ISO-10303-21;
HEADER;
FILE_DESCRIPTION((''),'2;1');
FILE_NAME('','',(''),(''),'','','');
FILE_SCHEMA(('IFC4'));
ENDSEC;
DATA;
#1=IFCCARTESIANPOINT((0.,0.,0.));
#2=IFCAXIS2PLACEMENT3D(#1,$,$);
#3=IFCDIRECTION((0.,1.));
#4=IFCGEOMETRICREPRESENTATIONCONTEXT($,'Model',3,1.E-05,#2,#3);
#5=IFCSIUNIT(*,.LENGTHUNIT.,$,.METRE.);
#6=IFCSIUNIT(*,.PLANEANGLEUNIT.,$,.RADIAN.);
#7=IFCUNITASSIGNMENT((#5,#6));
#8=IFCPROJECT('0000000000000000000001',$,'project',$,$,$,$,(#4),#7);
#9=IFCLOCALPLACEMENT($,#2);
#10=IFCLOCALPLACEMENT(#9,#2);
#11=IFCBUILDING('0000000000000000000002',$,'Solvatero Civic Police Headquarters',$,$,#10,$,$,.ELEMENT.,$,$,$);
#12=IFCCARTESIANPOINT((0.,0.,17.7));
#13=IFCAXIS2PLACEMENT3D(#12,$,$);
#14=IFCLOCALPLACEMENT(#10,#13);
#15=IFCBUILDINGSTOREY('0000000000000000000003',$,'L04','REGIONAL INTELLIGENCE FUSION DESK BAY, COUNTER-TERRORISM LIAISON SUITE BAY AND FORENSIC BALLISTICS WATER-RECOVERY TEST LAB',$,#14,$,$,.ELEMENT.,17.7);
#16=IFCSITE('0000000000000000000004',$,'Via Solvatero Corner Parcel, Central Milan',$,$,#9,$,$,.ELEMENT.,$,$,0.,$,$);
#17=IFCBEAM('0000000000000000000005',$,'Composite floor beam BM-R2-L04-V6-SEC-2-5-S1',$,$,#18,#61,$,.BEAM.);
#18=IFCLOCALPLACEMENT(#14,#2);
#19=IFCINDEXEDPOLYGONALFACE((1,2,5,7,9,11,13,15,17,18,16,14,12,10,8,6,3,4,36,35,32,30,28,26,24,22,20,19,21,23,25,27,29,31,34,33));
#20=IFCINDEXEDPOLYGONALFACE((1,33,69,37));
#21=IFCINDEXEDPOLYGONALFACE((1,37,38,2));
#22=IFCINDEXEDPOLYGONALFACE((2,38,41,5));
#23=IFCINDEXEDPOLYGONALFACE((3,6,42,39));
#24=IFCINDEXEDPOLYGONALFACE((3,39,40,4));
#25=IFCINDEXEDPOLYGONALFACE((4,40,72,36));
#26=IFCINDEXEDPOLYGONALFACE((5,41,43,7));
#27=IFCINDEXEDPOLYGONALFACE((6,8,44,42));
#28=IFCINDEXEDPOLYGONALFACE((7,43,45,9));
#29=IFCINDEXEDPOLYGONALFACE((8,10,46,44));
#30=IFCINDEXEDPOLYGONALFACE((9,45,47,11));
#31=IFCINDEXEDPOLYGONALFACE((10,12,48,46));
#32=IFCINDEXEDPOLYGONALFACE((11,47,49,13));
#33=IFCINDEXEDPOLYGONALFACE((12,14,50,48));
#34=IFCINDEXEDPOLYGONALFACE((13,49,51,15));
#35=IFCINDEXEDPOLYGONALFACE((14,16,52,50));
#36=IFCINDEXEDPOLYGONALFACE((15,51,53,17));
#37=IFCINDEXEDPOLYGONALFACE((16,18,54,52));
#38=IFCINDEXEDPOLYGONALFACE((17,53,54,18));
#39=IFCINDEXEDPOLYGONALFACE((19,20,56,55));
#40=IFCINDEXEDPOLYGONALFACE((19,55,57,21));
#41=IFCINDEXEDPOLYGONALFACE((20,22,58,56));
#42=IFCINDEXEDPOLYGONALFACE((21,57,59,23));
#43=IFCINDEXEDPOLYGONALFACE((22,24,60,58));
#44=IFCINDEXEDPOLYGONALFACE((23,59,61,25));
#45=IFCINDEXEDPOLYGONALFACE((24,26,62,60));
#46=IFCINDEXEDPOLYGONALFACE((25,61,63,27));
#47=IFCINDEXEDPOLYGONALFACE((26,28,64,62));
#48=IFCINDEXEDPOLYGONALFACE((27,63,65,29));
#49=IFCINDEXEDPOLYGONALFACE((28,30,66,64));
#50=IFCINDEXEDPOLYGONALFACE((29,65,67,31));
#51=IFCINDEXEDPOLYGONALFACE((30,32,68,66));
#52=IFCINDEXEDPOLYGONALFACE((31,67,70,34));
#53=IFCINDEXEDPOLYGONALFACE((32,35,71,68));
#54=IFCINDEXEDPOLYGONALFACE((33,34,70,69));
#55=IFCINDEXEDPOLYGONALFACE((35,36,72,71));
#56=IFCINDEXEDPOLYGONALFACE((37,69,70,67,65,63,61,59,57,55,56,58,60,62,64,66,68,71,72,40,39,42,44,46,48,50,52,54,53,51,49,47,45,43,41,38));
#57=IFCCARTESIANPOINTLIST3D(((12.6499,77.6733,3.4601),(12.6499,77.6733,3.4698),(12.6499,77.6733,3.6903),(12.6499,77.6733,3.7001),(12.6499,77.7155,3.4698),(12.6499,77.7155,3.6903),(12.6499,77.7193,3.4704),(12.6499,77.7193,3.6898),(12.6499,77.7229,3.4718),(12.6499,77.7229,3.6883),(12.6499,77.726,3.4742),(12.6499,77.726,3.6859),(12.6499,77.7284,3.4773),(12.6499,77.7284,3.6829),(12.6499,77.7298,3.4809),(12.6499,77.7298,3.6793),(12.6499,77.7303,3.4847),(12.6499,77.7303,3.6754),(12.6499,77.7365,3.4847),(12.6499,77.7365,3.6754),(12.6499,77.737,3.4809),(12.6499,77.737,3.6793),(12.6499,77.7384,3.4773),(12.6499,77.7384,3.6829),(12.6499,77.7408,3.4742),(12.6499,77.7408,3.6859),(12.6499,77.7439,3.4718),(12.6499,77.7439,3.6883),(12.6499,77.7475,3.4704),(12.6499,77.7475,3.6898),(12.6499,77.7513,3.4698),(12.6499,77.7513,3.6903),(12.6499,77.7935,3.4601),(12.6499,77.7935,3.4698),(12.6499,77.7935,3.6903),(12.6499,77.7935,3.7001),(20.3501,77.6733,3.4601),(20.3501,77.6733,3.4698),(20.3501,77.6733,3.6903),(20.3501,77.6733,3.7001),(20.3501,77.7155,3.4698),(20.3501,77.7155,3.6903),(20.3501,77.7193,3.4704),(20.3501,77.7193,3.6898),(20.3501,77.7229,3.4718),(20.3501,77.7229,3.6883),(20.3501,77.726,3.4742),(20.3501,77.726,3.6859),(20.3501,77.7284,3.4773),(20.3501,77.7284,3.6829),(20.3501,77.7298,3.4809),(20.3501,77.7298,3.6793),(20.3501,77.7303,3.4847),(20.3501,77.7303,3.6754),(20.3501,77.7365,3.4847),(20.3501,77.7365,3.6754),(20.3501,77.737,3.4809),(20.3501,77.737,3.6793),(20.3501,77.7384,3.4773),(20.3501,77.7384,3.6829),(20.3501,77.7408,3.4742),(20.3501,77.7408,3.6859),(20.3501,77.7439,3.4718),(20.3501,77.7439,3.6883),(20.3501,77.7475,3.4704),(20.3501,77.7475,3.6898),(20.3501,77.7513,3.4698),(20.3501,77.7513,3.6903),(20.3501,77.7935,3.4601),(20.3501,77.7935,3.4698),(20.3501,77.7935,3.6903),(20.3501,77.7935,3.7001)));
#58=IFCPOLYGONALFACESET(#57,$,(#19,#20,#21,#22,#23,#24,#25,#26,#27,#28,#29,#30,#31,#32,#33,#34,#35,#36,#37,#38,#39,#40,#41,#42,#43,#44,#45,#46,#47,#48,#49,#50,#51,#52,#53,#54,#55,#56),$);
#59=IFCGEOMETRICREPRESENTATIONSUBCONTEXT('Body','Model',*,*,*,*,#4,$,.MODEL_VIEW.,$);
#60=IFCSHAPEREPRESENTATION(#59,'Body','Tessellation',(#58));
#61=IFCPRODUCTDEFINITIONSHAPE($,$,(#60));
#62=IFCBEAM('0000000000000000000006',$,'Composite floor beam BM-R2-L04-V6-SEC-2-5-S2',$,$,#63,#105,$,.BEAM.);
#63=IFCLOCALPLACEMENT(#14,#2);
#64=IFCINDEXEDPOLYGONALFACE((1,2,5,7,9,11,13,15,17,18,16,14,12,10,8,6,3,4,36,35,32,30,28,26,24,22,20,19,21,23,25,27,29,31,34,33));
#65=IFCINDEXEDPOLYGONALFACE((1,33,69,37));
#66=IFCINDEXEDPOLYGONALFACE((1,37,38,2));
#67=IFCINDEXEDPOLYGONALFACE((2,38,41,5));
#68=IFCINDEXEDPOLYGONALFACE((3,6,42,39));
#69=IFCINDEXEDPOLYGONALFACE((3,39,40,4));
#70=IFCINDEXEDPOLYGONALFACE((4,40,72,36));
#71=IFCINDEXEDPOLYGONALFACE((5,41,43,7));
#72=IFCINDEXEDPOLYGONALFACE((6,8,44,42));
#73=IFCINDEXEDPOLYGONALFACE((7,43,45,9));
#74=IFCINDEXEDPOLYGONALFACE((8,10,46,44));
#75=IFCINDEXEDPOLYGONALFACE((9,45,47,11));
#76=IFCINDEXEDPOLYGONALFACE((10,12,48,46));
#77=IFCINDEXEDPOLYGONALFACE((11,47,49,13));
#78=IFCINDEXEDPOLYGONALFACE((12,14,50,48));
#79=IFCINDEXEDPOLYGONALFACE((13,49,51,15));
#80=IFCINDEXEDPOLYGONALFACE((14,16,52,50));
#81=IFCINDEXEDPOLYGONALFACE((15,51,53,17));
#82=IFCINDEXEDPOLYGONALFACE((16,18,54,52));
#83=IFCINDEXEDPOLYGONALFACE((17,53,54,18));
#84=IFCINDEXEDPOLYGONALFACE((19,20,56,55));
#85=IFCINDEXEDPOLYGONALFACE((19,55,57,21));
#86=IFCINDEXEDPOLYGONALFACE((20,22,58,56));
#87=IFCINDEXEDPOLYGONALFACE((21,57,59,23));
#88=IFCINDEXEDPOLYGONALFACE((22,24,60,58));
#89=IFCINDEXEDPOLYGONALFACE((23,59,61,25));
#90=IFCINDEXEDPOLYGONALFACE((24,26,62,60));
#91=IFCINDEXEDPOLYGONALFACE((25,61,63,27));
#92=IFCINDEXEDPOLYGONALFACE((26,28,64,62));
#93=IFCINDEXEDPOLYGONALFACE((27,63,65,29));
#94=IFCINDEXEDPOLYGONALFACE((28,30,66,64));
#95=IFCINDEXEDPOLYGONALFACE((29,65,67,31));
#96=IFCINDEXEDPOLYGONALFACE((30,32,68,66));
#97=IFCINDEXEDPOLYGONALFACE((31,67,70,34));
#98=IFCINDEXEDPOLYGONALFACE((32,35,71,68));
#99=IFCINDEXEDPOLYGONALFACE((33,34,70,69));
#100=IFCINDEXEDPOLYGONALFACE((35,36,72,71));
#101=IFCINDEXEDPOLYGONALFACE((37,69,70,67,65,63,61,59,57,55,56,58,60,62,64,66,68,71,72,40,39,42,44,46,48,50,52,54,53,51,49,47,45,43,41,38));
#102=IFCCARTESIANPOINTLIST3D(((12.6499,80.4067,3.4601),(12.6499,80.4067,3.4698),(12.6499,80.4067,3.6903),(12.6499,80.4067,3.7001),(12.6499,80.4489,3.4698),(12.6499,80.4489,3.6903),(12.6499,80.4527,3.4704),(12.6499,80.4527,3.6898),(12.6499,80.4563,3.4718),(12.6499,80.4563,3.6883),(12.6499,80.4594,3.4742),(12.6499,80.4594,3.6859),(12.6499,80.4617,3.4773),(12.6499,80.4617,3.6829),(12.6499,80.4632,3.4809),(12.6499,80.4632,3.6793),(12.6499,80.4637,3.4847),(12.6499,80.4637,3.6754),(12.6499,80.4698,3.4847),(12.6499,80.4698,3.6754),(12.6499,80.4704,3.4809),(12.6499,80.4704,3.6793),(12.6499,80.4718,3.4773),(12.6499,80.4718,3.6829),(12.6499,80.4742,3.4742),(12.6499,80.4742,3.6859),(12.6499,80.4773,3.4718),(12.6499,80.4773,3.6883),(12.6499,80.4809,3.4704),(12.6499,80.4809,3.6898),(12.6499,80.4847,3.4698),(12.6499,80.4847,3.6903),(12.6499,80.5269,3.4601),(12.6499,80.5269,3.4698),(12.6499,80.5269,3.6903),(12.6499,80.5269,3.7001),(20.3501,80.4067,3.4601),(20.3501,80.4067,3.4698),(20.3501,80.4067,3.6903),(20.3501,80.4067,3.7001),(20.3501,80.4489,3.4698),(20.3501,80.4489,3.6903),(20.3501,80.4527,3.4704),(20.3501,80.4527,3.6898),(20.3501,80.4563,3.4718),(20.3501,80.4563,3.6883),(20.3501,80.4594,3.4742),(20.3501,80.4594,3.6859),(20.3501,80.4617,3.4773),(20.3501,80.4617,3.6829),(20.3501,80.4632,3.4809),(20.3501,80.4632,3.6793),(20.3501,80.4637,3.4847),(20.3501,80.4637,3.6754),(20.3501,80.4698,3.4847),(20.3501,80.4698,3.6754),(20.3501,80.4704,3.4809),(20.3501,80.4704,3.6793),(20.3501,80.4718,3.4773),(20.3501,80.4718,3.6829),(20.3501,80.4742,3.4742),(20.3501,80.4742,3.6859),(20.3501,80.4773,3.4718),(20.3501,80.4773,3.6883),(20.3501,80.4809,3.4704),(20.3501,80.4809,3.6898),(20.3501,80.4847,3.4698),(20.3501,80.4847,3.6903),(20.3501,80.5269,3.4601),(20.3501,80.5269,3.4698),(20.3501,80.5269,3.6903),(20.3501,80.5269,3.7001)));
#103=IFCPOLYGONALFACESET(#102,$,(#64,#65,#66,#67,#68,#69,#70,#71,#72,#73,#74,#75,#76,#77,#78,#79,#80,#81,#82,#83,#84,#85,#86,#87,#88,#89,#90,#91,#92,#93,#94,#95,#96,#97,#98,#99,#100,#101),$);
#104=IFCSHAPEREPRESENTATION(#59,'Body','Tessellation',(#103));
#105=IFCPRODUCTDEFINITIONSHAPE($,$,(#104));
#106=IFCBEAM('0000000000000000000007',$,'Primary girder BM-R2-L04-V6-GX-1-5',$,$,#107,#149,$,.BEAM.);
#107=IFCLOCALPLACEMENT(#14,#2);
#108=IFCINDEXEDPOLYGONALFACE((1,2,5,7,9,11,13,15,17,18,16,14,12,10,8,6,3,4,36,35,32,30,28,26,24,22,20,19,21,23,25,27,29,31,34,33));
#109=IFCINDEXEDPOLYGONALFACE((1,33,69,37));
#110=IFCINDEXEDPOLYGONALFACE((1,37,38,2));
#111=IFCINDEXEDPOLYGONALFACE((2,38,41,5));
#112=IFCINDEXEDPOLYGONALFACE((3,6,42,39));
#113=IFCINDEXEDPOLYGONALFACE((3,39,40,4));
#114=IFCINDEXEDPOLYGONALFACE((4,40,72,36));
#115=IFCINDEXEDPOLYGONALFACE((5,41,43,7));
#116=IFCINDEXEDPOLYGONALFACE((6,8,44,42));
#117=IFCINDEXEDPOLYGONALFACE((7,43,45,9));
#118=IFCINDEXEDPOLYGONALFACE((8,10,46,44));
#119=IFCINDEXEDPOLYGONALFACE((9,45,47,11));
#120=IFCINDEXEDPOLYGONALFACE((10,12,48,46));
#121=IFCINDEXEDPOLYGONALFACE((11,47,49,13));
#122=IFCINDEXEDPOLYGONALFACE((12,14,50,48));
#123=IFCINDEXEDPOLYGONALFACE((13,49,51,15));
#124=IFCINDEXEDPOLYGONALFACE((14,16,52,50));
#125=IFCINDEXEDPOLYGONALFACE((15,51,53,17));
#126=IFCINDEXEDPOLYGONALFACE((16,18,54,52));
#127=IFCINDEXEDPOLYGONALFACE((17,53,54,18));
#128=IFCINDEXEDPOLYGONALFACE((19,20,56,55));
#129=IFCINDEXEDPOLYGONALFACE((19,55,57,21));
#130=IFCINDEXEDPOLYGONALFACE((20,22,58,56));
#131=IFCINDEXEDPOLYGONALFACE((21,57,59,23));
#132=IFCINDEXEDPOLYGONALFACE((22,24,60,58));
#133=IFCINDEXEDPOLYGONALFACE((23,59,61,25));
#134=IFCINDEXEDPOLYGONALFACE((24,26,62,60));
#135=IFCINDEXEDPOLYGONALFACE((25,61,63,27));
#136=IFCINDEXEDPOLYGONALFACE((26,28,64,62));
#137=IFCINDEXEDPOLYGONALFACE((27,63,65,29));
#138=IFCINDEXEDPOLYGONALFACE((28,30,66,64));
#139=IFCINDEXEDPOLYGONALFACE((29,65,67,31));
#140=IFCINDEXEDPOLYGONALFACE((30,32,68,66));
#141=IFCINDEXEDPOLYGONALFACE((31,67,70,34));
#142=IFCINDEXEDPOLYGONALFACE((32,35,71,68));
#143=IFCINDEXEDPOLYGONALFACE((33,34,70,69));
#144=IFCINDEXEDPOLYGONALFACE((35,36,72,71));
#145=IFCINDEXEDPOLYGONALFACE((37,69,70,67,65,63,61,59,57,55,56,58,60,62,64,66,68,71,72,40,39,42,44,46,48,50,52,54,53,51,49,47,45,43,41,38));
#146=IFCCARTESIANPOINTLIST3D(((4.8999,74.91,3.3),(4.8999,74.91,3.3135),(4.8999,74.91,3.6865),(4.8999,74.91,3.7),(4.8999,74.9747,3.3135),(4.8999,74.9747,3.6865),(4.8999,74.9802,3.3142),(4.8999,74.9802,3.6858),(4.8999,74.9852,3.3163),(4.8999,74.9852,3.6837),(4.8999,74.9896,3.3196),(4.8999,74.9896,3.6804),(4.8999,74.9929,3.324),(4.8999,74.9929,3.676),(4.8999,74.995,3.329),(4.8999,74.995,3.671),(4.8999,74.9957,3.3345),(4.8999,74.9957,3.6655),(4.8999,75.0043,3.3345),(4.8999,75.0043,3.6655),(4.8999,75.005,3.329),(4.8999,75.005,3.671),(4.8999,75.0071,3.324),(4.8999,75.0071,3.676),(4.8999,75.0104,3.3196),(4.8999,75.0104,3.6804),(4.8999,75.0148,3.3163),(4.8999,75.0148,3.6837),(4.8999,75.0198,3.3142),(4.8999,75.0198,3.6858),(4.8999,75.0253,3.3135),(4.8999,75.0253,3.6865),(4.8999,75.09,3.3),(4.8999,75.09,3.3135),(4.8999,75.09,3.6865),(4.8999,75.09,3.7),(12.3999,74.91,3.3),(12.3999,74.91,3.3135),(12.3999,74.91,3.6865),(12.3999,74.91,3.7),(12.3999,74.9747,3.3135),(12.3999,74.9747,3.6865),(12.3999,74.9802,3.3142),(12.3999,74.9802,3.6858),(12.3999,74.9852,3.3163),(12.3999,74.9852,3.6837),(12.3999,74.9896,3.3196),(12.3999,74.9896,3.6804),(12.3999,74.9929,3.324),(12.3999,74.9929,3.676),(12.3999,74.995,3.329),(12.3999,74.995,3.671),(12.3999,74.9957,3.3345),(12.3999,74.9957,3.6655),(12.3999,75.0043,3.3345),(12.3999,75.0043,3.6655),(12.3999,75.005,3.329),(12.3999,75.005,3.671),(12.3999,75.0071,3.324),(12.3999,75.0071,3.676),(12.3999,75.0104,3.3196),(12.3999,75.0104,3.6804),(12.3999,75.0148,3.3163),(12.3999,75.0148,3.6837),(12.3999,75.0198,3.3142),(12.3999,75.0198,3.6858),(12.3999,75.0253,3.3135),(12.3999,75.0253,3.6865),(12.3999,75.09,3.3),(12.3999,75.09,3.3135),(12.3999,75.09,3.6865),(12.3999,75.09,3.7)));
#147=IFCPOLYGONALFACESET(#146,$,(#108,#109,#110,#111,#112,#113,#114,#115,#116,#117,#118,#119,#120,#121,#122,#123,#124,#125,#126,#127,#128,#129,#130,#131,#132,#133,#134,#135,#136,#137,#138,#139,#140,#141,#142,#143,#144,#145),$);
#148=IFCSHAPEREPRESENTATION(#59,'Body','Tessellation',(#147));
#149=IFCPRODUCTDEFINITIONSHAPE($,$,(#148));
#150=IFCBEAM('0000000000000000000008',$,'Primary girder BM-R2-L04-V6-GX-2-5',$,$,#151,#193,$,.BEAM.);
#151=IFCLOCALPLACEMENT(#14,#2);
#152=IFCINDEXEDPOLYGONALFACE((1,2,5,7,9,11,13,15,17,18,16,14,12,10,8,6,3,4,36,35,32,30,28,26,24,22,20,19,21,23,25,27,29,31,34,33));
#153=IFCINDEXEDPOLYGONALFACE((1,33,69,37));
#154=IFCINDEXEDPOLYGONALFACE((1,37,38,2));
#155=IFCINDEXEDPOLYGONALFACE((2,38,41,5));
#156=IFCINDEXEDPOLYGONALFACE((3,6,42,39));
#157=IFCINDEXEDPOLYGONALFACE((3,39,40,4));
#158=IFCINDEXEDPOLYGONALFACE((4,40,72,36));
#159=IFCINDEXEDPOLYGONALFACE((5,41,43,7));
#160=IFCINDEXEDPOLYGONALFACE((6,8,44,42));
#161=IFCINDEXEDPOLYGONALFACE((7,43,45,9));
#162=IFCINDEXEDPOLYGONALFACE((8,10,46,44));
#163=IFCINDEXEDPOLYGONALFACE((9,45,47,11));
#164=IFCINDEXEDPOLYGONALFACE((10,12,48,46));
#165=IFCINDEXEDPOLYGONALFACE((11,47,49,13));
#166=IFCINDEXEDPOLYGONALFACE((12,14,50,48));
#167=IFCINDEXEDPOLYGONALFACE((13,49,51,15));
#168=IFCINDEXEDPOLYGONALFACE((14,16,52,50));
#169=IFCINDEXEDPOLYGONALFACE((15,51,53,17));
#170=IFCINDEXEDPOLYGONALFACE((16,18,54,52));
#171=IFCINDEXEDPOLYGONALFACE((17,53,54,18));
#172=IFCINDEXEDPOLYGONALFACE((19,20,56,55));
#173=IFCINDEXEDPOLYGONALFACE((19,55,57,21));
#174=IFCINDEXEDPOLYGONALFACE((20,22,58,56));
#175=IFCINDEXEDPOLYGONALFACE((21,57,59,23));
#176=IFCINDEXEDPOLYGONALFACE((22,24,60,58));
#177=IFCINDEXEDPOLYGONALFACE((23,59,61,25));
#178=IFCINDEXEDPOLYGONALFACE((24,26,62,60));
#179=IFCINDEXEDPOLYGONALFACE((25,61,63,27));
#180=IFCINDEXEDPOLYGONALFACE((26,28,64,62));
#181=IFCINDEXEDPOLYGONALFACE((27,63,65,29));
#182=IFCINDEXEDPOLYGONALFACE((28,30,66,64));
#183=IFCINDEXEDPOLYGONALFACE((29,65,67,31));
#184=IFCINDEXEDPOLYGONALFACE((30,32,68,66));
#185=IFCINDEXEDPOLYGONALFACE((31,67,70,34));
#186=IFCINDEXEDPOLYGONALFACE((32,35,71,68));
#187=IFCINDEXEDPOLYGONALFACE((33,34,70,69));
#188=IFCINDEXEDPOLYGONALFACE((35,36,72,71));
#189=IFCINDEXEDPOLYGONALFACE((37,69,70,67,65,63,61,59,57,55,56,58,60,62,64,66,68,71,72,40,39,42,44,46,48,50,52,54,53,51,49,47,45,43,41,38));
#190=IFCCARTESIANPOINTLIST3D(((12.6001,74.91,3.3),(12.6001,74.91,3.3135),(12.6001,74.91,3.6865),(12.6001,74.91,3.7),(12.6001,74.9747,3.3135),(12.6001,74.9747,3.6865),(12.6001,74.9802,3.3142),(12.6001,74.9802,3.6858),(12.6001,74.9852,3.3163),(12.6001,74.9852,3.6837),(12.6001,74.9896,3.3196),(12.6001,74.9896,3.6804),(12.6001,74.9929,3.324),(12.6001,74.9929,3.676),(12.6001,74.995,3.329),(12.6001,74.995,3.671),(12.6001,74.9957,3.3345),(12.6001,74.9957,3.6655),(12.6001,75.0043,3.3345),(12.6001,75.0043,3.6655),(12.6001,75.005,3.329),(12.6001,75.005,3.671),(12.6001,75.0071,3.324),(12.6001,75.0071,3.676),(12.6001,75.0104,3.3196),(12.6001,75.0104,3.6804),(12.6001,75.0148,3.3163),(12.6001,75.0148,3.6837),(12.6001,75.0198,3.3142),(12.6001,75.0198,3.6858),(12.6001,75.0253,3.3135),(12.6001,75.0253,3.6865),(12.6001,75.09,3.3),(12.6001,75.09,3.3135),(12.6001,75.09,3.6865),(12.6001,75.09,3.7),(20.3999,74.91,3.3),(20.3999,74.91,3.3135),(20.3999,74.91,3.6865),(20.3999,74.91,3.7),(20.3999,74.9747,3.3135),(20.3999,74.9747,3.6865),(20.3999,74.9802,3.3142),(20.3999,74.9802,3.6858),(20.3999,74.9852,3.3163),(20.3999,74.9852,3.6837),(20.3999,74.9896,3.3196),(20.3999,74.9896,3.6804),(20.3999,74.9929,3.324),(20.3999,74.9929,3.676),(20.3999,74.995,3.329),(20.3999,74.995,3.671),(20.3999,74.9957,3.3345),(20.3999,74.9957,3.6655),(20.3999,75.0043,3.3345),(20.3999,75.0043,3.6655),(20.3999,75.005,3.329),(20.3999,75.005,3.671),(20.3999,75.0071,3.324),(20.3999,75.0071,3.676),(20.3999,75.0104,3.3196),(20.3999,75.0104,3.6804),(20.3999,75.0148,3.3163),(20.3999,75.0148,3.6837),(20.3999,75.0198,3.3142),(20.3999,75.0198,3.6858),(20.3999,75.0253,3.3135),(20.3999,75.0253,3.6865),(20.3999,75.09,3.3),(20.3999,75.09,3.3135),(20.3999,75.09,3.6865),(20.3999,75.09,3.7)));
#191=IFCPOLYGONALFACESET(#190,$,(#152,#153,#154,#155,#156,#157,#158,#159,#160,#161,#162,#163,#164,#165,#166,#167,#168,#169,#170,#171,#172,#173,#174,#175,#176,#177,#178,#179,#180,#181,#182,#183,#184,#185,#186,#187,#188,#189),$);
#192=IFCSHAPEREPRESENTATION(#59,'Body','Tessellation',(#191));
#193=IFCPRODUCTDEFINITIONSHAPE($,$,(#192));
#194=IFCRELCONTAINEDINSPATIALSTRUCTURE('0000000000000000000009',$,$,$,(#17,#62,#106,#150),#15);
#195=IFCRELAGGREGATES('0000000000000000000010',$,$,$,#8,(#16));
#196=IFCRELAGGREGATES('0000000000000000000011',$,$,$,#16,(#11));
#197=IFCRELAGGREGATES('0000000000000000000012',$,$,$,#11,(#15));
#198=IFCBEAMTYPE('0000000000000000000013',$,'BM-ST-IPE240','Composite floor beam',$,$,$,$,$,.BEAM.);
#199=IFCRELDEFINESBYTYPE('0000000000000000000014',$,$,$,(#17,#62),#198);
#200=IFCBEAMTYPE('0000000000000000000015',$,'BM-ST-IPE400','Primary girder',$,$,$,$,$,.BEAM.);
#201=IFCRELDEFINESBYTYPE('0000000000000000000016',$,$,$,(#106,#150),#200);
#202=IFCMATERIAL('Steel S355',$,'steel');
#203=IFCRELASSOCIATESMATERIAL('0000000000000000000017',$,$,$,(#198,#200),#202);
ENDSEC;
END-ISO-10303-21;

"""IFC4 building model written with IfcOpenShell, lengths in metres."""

from ifc_helpers import new_model, si_unit, direction, frame, origin, origin_2d, place, context, subcontext, project, spatial, i_section, extrude, material, material_profile, profile_set, type_object, element, save


model = new_model("IFC4")

# Units and contexts
model_context = context("Model", 3, precision=1e-05, world=origin(), true_north=direction((0.0, 1.0)))
body_context = subcontext(model_context, "Body", "Model", "MODEL_VIEW")
ifc_project = project(units=[si_unit("LENGTHUNIT", "METRE"), si_unit("PLANEANGLEUNIT", "RADIAN")], contexts=[model_context])

# Site, building, storey
site_placement = place(None, origin())
site = spatial("IfcSite", under=ifc_project, at=site_placement, Name="Via Solvatero Corner Parcel, Central Milan", CompositionType="ELEMENT", RefElevation=0.0)
building_placement = place(site_placement, origin())
building = spatial("IfcBuilding", under=site, at=building_placement, Name="Solvatero Civic Police Headquarters", CompositionType="ELEMENT")
storey_placement = place(building_placement, frame((0.0, 0.0, 17.7)))
storey = spatial("IfcBuildingStorey", under=building, at=storey_placement, Name="L04", Description="REGIONAL INTELLIGENCE FUSION DESK BAY, COUNTER-TERRORISM LIAISON SUITE BAY AND FORENSIC BALLISTICS WATER-RECOVERY TEST LAB", CompositionType="ELEMENT", Elevation=17.7)

# Shared definitions
ifc_material_1 = material(Name="Steel S355", Category="steel")

# Beams
ifc_material_profile_1 = material_profile(ifc_material_1, i_section(OverallWidth=0.1201, OverallDepth=0.24, WebThickness=0.0061, FlangeThickness=0.0098, FilletRadius=0.0149, at=origin_2d()), Name="IPE 240")
ifc_profile_set_1 = profile_set([ifc_material_profile_1], Name="Steel S355")
beam_type_1 = type_object("IfcBeamType", Name="BM-ST-IPE240", Description="Composite floor beam", PredefinedType="BEAM", material=ifc_profile_set_1)
for number, where, z_axis, x_axis, name in (
    (1, (12.6499, 77.7334, 3.5801), (1.0, 0.0, 0.0), (0.0, 1.0, 0.0), "Composite floor beam BM-R2-L04-V6-SEC-2-5-S1"),
    (2, (12.6499, 80.4668, 3.5801), (1.0, 0.0, 0.0), (0.0, 1.0, 0.0), "Composite floor beam BM-R2-L04-V6-SEC-2-5-S2"),
):
    element("IfcBeam", number, at=place(storey_placement, frame(where, z_axis=z_axis, x_axis=x_axis)), inside=storey, type_object=beam_type_1, Name=name, PredefinedType="BEAM", context=body_context, shape_type="SweptSolid", body=[
        extrude(i_section(OverallWidth=0.1201, OverallDepth=0.24, WebThickness=0.0061, FlangeThickness=0.0098, FilletRadius=0.0149, at=origin_2d()), origin(), (0.0, 0.0, 1.0), 7.7002),
    ])
ifc_material_profile_2 = material_profile(ifc_material_1, i_section(OverallWidth=0.1799, OverallDepth=0.3999, WebThickness=0.0085, FlangeThickness=0.0134, FilletRadius=0.021, at=origin_2d()), Name="IPE 400")
ifc_profile_set_2 = profile_set([ifc_material_profile_2], Name="Steel S355")
beam_type_2 = type_object("IfcBeamType", Name="BM-ST-IPE400", Description="Primary girder", PredefinedType="BEAM", material=ifc_profile_set_2)
beam_1_placement = place(storey_placement, frame((4.8999, 75.0, 3.5), z_axis=(1.0, 0.0, 0.0), x_axis=(0.0, 1.0, 0.0)))
element("IfcBeam", 3, at=beam_1_placement, inside=storey, type_object=beam_type_2, Name="Primary girder BM-R2-L04-V6-GX-1-5", PredefinedType="BEAM", context=body_context, shape_type="SweptSolid", body=[
    extrude(i_section(OverallWidth=0.1799, OverallDepth=0.3999, WebThickness=0.0085, FlangeThickness=0.0134, FilletRadius=0.021, at=origin_2d()), origin(), (0.0, 0.0, 1.0), 7.5),
])
beam_2_placement = place(storey_placement, frame((12.6001, 75.0, 3.5), z_axis=(1.0, 0.0, 0.0), x_axis=(0.0, 1.0, 0.0)))
element("IfcBeam", 4, at=beam_2_placement, inside=storey, type_object=beam_type_2, Name="Primary girder BM-R2-L04-V6-GX-2-5", PredefinedType="BEAM", context=body_context, shape_type="SweptSolid", body=[
    extrude(i_section(OverallWidth=0.1799, OverallDepth=0.3999, WebThickness=0.0085, FlangeThickness=0.0134, FilletRadius=0.021, at=origin_2d()), origin(), (0.0, 0.0, 1.0), 7.7998),
])

save(model, "model.ifc")
